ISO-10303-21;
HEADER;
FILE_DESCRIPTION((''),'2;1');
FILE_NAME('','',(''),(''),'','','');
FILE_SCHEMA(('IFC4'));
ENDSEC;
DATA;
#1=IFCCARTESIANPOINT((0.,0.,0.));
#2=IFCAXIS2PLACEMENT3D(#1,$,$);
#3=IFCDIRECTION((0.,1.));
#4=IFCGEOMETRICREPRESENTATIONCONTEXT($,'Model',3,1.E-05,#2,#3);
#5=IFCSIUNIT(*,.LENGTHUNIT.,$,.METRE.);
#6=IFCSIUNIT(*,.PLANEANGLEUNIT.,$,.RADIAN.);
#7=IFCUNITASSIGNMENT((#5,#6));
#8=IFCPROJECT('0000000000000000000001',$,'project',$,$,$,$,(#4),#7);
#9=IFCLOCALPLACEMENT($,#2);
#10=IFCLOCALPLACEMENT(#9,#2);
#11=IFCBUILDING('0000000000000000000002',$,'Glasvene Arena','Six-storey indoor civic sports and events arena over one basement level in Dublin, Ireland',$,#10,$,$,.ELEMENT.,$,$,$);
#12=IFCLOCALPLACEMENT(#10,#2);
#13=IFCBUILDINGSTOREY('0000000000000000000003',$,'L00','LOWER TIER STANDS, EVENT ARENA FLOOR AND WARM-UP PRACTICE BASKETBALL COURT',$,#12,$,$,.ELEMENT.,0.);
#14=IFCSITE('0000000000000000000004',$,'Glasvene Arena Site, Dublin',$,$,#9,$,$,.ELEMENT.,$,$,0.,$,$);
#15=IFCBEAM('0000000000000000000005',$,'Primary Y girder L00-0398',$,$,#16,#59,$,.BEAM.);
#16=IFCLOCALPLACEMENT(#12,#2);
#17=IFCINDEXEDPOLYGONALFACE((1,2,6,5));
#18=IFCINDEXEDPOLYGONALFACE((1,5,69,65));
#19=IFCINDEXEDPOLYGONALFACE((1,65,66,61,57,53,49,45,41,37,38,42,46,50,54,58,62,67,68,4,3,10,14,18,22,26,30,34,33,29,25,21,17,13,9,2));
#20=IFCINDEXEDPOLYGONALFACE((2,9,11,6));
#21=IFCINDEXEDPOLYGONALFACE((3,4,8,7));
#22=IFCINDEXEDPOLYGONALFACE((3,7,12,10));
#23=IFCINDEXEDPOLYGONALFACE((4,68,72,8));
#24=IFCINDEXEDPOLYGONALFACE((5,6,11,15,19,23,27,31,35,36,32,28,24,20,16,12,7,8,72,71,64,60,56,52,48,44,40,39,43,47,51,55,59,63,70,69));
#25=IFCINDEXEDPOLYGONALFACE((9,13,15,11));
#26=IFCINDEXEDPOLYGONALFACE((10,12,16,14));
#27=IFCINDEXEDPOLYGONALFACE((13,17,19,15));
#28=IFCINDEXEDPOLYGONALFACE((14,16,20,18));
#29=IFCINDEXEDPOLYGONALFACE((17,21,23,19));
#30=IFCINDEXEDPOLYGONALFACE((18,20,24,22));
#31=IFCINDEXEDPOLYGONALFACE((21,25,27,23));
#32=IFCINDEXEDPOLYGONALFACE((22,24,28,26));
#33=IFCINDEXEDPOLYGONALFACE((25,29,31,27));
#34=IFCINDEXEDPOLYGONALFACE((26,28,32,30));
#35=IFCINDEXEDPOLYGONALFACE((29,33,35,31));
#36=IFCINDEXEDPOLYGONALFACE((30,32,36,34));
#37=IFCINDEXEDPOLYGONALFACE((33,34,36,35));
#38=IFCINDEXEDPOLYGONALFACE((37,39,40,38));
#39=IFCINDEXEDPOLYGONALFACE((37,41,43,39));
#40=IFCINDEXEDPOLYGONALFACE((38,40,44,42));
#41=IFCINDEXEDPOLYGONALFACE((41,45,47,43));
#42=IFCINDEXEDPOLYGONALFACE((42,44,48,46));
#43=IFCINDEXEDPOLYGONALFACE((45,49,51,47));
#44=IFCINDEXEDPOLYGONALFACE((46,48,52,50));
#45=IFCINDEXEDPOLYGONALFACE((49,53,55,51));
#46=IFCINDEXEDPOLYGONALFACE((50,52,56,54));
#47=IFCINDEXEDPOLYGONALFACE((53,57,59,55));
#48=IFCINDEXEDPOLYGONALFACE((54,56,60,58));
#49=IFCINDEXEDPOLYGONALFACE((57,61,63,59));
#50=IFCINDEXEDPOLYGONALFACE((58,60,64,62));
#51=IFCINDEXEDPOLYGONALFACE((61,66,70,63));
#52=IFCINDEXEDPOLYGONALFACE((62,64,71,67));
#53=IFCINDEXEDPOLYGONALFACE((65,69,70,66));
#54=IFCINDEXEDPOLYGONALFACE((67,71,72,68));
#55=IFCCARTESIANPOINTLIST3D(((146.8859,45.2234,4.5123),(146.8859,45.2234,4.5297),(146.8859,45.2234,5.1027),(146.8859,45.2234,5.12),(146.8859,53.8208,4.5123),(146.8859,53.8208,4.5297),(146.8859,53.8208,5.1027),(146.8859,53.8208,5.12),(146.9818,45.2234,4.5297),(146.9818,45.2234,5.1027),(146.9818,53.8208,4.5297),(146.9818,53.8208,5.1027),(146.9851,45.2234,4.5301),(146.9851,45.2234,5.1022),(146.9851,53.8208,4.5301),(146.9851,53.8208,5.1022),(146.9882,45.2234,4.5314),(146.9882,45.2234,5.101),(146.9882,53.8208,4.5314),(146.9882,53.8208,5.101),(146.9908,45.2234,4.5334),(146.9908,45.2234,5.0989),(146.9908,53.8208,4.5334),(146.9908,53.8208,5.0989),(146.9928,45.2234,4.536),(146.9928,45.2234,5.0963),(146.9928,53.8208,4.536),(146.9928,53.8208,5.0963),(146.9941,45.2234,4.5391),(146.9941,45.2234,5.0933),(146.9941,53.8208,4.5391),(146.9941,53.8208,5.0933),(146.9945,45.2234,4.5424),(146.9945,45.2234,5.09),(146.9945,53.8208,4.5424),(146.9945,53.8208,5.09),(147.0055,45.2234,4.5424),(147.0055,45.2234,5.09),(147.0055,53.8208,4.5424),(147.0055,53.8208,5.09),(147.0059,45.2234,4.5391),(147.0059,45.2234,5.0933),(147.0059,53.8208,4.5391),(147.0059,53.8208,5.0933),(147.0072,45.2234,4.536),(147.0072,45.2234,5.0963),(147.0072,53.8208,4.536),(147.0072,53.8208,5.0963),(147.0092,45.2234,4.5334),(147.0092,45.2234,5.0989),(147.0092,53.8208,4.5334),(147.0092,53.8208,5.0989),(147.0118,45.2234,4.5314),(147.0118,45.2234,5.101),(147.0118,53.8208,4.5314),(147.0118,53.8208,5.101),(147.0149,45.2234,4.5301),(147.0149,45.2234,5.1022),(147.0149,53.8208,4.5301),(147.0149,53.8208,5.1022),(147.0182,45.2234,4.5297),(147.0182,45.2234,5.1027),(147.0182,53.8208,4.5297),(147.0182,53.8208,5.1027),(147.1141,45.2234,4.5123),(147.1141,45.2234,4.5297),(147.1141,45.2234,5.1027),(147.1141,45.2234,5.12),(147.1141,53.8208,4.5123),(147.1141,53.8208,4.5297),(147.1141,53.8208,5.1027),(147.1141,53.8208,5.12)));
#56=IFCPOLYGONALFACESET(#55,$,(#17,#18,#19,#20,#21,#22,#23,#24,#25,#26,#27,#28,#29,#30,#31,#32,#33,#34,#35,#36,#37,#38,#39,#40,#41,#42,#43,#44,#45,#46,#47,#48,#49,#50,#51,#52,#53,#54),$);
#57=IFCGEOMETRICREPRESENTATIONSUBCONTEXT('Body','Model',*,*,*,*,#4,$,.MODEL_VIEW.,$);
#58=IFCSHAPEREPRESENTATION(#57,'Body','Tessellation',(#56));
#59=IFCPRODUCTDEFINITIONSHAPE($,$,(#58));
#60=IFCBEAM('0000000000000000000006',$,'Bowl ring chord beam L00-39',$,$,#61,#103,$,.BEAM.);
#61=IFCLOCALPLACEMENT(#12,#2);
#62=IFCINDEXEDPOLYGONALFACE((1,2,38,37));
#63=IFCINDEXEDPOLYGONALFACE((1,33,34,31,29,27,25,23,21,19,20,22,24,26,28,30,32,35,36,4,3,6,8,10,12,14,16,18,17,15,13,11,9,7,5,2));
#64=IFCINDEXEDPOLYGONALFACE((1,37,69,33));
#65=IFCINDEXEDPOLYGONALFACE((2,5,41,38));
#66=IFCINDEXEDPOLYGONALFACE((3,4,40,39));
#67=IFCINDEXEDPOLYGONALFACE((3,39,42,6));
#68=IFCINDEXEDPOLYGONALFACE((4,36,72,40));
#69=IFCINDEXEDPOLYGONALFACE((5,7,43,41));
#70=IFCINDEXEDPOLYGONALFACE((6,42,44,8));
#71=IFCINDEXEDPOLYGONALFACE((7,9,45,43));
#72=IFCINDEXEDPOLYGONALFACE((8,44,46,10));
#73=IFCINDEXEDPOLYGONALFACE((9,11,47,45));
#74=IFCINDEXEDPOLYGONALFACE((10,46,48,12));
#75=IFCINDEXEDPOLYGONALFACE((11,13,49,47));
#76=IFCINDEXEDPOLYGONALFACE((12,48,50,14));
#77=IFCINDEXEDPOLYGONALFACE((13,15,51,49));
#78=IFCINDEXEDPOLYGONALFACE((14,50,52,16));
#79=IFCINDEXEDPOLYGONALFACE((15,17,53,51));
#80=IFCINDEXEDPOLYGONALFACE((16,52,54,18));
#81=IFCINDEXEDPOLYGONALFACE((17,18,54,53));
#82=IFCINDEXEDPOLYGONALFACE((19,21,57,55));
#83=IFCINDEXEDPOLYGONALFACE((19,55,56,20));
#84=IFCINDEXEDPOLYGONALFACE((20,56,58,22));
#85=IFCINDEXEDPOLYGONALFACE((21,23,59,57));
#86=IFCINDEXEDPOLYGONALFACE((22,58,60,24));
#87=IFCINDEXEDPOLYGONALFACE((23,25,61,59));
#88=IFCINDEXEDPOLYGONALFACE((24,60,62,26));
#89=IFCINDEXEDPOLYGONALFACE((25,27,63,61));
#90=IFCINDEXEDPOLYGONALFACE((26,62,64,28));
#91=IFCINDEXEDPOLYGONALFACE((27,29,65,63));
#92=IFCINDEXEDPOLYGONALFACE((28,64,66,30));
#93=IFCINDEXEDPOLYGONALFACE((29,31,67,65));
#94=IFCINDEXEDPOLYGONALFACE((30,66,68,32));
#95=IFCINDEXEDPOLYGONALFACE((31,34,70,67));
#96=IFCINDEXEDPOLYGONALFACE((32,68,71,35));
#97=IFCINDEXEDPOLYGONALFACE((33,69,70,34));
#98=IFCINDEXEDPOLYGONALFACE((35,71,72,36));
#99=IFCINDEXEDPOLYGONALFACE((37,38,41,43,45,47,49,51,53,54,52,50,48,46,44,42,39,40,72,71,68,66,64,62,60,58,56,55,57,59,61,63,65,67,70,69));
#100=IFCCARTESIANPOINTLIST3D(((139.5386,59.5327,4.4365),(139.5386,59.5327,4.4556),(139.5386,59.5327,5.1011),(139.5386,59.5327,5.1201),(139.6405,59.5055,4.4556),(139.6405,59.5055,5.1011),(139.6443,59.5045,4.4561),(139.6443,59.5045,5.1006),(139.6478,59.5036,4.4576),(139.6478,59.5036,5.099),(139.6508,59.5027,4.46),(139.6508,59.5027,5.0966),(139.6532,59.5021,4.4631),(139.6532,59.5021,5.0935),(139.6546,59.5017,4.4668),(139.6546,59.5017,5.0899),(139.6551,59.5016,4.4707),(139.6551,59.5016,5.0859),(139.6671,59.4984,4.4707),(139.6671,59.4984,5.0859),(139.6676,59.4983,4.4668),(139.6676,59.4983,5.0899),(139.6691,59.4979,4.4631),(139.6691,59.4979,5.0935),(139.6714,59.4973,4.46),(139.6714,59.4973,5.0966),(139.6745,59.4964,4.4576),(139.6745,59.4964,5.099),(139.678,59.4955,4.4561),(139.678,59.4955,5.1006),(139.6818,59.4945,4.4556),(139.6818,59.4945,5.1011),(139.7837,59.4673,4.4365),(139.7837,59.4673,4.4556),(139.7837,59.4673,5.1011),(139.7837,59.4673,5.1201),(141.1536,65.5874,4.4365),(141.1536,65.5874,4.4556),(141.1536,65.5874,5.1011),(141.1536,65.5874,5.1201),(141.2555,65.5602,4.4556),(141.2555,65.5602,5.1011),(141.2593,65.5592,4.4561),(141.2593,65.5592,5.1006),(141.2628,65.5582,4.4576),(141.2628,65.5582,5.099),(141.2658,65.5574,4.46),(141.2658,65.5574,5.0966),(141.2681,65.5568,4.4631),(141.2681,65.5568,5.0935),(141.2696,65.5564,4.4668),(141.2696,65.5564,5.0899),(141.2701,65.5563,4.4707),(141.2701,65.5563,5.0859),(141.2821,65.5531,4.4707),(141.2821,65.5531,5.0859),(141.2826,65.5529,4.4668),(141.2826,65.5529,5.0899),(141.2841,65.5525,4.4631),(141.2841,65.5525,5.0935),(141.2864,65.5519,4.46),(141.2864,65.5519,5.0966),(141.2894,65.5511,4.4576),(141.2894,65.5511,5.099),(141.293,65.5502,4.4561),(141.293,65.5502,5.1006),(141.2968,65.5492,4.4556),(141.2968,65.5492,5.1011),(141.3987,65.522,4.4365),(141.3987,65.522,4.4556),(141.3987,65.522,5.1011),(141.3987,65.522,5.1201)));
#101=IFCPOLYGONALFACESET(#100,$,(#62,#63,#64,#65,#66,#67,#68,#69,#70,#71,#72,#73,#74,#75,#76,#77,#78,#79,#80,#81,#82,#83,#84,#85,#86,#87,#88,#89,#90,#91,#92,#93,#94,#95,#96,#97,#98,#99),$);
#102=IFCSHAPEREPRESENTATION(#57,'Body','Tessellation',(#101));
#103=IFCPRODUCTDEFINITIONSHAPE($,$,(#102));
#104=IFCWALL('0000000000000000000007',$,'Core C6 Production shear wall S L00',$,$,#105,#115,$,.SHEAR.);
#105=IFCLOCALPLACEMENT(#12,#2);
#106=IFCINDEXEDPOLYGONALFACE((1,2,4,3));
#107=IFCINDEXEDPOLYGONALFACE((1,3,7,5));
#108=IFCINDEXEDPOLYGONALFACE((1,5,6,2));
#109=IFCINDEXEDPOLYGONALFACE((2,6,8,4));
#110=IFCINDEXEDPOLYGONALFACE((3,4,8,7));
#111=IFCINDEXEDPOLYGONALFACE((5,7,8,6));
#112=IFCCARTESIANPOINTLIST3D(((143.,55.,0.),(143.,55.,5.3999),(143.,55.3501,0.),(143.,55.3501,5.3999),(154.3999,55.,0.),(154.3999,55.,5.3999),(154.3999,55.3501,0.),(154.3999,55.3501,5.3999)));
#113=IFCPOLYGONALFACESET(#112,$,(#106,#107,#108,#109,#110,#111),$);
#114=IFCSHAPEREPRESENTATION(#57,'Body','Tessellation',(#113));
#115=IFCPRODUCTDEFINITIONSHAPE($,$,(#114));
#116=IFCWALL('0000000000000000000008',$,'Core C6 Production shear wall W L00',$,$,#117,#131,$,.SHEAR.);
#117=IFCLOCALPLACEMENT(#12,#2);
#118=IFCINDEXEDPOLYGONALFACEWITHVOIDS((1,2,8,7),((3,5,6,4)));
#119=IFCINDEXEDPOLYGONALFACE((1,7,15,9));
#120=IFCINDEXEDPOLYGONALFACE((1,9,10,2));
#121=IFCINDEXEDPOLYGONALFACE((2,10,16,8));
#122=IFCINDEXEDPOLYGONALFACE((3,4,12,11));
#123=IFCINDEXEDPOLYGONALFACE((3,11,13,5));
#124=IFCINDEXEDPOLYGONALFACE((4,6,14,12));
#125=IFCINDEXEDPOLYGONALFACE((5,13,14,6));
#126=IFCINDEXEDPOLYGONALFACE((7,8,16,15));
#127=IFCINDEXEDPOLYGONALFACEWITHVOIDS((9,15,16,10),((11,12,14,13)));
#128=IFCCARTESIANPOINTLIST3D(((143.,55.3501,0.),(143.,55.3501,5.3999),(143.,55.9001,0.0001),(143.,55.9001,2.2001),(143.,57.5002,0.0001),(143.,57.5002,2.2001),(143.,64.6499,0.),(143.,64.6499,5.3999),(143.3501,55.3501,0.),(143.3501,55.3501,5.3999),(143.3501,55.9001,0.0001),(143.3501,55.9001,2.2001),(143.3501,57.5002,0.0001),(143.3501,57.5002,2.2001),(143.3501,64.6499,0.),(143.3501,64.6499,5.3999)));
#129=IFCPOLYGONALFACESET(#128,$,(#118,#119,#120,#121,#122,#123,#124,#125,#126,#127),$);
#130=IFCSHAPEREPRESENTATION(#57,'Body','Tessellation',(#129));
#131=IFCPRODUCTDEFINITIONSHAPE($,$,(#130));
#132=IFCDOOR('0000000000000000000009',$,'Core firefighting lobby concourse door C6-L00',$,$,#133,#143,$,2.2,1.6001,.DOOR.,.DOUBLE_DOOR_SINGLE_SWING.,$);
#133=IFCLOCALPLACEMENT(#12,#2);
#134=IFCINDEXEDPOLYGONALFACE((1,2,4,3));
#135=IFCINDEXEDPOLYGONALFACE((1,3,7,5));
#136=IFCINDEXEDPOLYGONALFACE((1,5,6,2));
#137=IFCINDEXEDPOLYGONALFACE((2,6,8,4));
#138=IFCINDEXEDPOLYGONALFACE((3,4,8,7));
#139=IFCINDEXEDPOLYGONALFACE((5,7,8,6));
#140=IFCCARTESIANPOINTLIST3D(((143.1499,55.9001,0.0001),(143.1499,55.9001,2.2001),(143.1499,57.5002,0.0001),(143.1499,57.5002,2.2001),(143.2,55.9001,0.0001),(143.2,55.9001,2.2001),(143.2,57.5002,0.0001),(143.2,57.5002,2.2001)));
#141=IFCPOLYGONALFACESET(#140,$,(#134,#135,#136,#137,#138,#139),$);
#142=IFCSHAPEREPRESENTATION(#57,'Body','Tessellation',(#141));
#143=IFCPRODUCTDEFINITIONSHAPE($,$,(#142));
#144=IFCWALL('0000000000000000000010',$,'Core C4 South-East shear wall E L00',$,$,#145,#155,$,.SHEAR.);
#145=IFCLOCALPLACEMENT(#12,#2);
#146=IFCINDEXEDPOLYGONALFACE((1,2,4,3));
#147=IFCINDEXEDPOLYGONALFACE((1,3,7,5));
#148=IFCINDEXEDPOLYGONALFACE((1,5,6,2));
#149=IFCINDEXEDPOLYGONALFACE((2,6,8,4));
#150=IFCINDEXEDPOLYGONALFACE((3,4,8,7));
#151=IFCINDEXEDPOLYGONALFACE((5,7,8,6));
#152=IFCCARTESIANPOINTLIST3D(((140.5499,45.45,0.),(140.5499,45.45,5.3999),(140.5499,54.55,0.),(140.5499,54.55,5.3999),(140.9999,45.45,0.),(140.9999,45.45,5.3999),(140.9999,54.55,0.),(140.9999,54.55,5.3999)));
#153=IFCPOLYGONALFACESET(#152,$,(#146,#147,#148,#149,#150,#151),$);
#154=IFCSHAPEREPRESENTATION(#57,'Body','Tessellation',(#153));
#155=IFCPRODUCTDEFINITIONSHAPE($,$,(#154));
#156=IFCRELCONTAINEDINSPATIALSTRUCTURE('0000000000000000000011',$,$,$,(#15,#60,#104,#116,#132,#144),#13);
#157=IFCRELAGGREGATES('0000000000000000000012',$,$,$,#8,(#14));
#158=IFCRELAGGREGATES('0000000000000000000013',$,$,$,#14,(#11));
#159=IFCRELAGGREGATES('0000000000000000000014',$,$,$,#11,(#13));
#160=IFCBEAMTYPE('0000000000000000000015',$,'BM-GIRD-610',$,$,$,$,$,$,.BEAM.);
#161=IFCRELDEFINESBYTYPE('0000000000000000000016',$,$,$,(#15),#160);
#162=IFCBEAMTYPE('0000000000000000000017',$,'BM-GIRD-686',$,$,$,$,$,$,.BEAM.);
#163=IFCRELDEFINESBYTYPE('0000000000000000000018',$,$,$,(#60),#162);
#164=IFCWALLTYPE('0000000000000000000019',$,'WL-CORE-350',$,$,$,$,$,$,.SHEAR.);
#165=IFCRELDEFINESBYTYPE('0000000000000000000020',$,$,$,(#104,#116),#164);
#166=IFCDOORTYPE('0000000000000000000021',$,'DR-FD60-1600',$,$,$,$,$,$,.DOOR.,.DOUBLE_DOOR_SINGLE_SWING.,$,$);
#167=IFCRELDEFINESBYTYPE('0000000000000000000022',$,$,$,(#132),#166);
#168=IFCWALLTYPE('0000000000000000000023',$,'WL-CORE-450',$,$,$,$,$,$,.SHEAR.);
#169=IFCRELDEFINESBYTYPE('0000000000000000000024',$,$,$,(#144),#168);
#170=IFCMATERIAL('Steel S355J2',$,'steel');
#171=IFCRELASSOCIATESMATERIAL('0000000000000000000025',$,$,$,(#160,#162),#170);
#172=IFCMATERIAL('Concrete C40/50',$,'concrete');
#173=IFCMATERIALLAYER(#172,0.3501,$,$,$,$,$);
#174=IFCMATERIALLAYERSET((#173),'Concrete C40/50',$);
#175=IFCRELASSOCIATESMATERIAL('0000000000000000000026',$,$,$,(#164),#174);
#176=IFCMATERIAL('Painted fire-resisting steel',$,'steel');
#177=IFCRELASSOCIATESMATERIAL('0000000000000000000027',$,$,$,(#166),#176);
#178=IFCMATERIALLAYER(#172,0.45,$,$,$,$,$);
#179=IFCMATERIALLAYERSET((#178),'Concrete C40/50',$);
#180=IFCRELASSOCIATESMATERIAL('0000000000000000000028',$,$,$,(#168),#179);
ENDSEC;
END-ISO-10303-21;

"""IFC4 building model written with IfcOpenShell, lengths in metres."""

from ifc_helpers import new_model, si_unit, direction, frame, frame_2d, origin, origin_2d, place, context, subcontext, project, spatial, rectangle, i_section, extrude, material, layer, layer_set, material_profile, profile_set, type_object, element, fill, save


model = new_model("IFC4")

# Units and contexts
model_context = context("Model", 3, precision=1e-05, world=origin(), true_north=direction((0.0, 1.0)))
body_context = subcontext(model_context, "Body", "Model", "MODEL_VIEW")
ifc_project = project(units=[si_unit("LENGTHUNIT", "METRE"), si_unit("PLANEANGLEUNIT", "RADIAN")], contexts=[model_context])

# Site, building, storey
site_placement = place(None, origin())
site = spatial("IfcSite", under=ifc_project, at=site_placement, Name="Glasvene Arena Site, Dublin", CompositionType="ELEMENT", RefElevation=0.0)
building_placement = place(site_placement, origin())
building = spatial("IfcBuilding", under=site, at=building_placement, Name="Glasvene Arena", Description="Six-storey indoor civic sports and events arena over one basement level in Dublin, Ireland", CompositionType="ELEMENT")
storey_placement = place(building_placement, origin())
storey = spatial("IfcBuildingStorey", under=building, at=storey_placement, Name="L00", Description="LOWER TIER STANDS, EVENT ARENA FLOOR AND WARM-UP PRACTICE BASKETBALL COURT", CompositionType="ELEMENT", Elevation=0.0)

# Shared definitions
ifc_material_1 = material(Name="Concrete C40/50", Category="concrete")
ifc_material_2 = material(Name="Steel S355J2", Category="steel")

# Beams
ifc_material_profile_1 = material_profile(ifc_material_2, i_section(OverallWidth=0.2283, OverallDepth=0.6077, WebThickness=0.011, FlangeThickness=0.0173, FilletRadius=0.0127, at=origin_2d()), Name="UKB 610x229x113")
ifc_profile_set_1 = profile_set([ifc_material_profile_1], Name="Steel S355J2")
beam_type_1 = type_object("IfcBeamType", Name="BM-GIRD-610", PredefinedType="BEAM", material=ifc_profile_set_1)
beam_1_placement = place(storey_placement, frame((147.0, 45.2234, 4.8162), z_axis=(0.0, 1.0, 0.0), x_axis=(-1.0, 0.0, 0.0)))
element("IfcBeam", 1, at=beam_1_placement, inside=storey, type_object=beam_type_1, Name="Primary Y girder L00-0398", PredefinedType="BEAM", context=body_context, shape_type="SweptSolid", body=[
    extrude(i_section(OverallWidth=0.2283, OverallDepth=0.6077, WebThickness=0.011, FlangeThickness=0.0173, FilletRadius=0.0127, at=origin_2d()), origin(), (0.0, 0.0, 1.0), 8.5974),
])
ifc_material_profile_2 = material_profile(ifc_material_2, i_section(OverallWidth=0.2537, OverallDepth=0.6836, WebThickness=0.0125, FlangeThickness=0.019, FilletRadius=0.0151, at=origin_2d()), Name="UKB 686x254x140")
ifc_profile_set_2 = profile_set([ifc_material_profile_2], Name="Steel S355J2")
beam_type_2 = type_object("IfcBeamType", Name="BM-GIRD-686", PredefinedType="BEAM", material=ifc_profile_set_2)
beam_2_placement = place(storey_placement, frame((139.6611, 59.5, 4.7783), z_axis=(0.257723, 0.966219, 0.0), x_axis=(-0.966219, 0.257723, 0.0)))
element("IfcBeam", 2, at=beam_2_placement, inside=storey, type_object=beam_type_2, Name="Bowl ring chord beam L00-39", PredefinedType="BEAM", context=body_context, shape_type="SweptSolid", body=[
    extrude(i_section(OverallWidth=0.2537, OverallDepth=0.6836, WebThickness=0.0125, FlangeThickness=0.019, FilletRadius=0.0151, at=origin_2d()), origin(), (0.0, 0.0, 1.0), 6.2664),
])

# Wall
ifc_layer_1 = layer(ifc_material_1, 0.3501)
ifc_layer_set_1 = layer_set([ifc_layer_1], Name="Concrete C40/50")
wall_type_1 = type_object("IfcWallType", Name="WL-CORE-350", PredefinedType="SHEAR", material=ifc_layer_set_1)
wall_1_placement = place(storey_placement, frame((143.0, 55.175, 0.0), z_axis=(0.0, 0.0, 1.0), x_axis=(1.0, 0.0, 0.0)))
element("IfcWall", 3, at=wall_1_placement, inside=storey, type_object=wall_type_1, Name="Core C6 Production shear wall S L00", PredefinedType="SHEAR", context=body_context, shape_type="SweptSolid", body=[
    extrude(rectangle(XDim=11.3999, YDim=0.3501, at=frame_2d((5.7, 0.0))), origin(), (0.0, 0.0, 1.0), 5.3999),
])

# Wall, opening, door
wall_2_placement = place(storey_placement, frame((143.175, 55.3501, 0.0), z_axis=(0.0, 0.0, 1.0), x_axis=(0.0, 1.0, 0.0)))
wall_2 = element("IfcWall", 4, at=wall_2_placement, inside=storey, type_object=wall_type_1, Name="Core C6 Production shear wall W L00", PredefinedType="SHEAR", context=body_context, shape_type="SweptSolid", body=[
    extrude(rectangle(XDim=9.2998, YDim=0.3501, at=frame_2d((4.6499, 0.0))), origin(), (0.0, 0.0, 1.0), 5.3999),
])
opening_1_placement = place(wall_2_placement, frame((0.55, 0.0, 0.0)))
opening_1 = element("IfcOpeningElement", 5, at=opening_1_placement, cuts=wall_2, PredefinedType="OPENING", context=body_context, shape_type="SweptSolid", body=[
    extrude(rectangle(XDim=1.6001, YDim=2.2, at=frame_2d((0.8, 1.1001))), frame((0.0, 0.1851, 0.0), z_axis=(0.0, -1.0, 0.0), x_axis=(1.0, 0.0, 0.0)), (0.0, 0.0, 1.0), 0.3701),
])
ifc_material_3 = material(Name="Painted fire-resisting steel", Category="steel")
door_type_1 = type_object("IfcDoorType", Name="DR-FD60-1600", OperationType="DOUBLE_DOOR_SINGLE_SWING", PredefinedType="DOOR", material=ifc_material_3)
door_1_placement = place(opening_1_placement, frame((1.6001, 0.0, 0.0), z_axis=(0.0, 0.0, 1.0), x_axis=(-1.0, 0.0, 0.0)))
door_1 = element("IfcDoor", 6, at=door_1_placement, inside=storey, type_object=door_type_1, Name="Core firefighting lobby concourse door C6-L00", OperationType="DOUBLE_DOOR_SINGLE_SWING", OverallHeight=2.2, OverallWidth=1.6001, PredefinedType="DOOR", context=body_context, shape_type="SweptSolid", body=[
    extrude(rectangle(XDim=1.6001, YDim=2.2, at=frame_2d((0.8, 1.1001))), frame((0.0, 0.0249, 0.0), z_axis=(0.0, -1.0, 0.0), x_axis=(1.0, 0.0, 0.0)), (0.0, 0.0, 1.0), 0.05),
])
fill(opening_1, door_1)

# Wall
ifc_layer_2 = layer(ifc_material_1, 0.45)
ifc_layer_set_2 = layer_set([ifc_layer_2], Name="Concrete C40/50")
wall_type_2 = type_object("IfcWallType", Name="WL-CORE-450", PredefinedType="SHEAR", material=ifc_layer_set_2)
wall_3_placement = place(storey_placement, frame((140.7749, 45.45, 0.0), z_axis=(0.0, 0.0, 1.0), x_axis=(0.0, 1.0, 0.0)))
element("IfcWall", 7, at=wall_3_placement, inside=storey, type_object=wall_type_2, Name="Core C4 South-East shear wall E L00", PredefinedType="SHEAR", context=body_context, shape_type="SweptSolid", body=[
    extrude(rectangle(XDim=9.1001, YDim=0.45, at=frame_2d((4.55, 0.0))), origin(), (0.0, 0.0, 1.0), 5.3999),
])

save(model, "model.ifc")
